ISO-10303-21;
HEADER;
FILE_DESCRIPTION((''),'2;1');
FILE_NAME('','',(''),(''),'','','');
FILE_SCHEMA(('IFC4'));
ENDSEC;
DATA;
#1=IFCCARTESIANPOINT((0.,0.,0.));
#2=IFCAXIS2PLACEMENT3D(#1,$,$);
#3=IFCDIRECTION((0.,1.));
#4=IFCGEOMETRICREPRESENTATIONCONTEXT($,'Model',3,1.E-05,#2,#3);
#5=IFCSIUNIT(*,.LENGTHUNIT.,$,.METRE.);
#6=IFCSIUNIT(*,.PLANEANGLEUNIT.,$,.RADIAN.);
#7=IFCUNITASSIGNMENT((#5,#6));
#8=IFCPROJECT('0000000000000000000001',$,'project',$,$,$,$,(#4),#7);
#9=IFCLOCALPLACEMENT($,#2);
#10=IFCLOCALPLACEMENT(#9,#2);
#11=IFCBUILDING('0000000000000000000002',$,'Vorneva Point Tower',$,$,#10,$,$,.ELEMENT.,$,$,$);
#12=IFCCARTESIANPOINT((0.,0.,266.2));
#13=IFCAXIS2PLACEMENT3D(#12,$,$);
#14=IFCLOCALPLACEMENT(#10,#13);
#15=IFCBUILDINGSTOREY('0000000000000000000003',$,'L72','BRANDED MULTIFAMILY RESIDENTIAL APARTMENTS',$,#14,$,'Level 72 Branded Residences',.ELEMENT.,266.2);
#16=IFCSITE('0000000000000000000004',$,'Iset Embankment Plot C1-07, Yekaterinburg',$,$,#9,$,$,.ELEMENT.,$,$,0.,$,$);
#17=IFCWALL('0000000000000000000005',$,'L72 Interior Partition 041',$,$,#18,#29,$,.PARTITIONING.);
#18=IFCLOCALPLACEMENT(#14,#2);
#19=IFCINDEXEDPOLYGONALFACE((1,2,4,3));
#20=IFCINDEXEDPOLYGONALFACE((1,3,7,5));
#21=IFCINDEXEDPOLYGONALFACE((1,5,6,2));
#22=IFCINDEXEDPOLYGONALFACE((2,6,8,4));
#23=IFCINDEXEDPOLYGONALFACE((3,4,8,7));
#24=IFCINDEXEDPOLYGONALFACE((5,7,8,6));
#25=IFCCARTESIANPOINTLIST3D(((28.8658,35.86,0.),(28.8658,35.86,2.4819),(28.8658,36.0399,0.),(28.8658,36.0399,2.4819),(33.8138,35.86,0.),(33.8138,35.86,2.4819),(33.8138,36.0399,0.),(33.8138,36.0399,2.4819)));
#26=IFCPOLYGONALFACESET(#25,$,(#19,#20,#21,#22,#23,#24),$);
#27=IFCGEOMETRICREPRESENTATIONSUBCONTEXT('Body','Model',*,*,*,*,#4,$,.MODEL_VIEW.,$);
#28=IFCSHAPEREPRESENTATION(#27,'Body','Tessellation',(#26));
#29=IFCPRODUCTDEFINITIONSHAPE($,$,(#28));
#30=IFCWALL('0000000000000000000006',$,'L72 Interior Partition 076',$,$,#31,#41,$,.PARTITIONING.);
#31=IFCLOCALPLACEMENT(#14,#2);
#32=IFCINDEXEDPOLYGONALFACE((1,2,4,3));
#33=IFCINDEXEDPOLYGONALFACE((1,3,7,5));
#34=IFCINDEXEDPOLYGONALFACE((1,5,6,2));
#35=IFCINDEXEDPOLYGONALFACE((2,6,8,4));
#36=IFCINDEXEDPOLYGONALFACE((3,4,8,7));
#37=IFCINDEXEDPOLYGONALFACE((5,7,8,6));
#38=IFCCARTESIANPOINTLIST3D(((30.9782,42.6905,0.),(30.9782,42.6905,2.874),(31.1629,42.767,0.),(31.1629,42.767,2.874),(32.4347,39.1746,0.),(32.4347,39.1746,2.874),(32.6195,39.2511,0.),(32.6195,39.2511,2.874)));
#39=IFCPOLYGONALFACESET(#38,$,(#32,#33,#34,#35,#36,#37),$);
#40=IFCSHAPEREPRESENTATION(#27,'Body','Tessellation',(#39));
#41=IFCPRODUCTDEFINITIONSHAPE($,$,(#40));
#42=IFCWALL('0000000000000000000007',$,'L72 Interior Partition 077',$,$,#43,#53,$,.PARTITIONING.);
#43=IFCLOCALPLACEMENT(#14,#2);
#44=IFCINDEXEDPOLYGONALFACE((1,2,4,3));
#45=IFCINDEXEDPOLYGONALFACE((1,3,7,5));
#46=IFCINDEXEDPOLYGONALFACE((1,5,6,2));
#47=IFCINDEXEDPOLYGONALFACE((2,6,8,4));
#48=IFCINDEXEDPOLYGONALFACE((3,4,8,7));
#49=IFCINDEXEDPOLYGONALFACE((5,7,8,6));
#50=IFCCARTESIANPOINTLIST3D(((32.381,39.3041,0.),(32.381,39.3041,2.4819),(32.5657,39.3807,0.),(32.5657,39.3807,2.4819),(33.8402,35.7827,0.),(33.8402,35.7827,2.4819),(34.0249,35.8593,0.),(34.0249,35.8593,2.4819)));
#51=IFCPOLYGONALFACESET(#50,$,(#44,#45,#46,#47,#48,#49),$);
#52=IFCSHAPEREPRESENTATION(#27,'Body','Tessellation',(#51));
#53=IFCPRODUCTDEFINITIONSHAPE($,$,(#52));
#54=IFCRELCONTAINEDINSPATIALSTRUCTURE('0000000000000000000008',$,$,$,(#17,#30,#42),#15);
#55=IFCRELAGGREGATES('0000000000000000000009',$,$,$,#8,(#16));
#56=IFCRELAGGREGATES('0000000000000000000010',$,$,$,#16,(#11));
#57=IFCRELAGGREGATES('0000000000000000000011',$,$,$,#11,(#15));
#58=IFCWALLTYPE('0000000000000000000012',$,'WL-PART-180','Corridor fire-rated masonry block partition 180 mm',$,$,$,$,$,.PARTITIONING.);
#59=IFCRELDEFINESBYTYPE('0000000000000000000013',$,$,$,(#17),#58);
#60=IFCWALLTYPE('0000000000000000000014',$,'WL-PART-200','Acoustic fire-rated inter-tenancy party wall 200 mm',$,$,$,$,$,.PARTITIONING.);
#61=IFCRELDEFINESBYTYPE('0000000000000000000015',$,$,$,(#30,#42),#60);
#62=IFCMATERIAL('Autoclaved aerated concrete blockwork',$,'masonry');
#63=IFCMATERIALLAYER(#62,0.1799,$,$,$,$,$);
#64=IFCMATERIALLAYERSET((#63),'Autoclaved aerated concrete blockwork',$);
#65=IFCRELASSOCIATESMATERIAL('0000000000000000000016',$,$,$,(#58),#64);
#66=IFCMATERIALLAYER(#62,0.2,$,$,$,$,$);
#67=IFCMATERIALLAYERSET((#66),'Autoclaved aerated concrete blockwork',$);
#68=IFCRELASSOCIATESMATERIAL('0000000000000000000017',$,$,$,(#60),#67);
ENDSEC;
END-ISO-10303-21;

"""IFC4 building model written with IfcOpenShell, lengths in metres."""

from ifc_helpers import new_model, si_unit, direction, frame, frame_2d, origin, place, context, subcontext, project, spatial, rectangle, extrude, material, layer, layer_set, type_object, element, save


model = new_model("IFC4")

# Units and contexts
model_context = context("Model", 3, precision=1e-05, world=origin(), true_north=direction((0.0, 1.0)))
body_context = subcontext(model_context, "Body", "Model", "MODEL_VIEW")
ifc_project = project(units=[si_unit("LENGTHUNIT", "METRE"), si_unit("PLANEANGLEUNIT", "RADIAN")], contexts=[model_context])

# Site, building, storey
site_placement = place(None, origin())
site = spatial("IfcSite", under=ifc_project, at=site_placement, Name="Iset Embankment Plot C1-07, Yekaterinburg", CompositionType="ELEMENT", RefElevation=0.0)
building_placement = place(site_placement, origin())
building = spatial("IfcBuilding", under=site, at=building_placement, Name="Vorneva Point Tower", CompositionType="ELEMENT")
storey_placement = place(building_placement, frame((0.0, 0.0, 266.2)))
storey = spatial("IfcBuildingStorey", under=building, at=storey_placement, Name="L72", Description="BRANDED MULTIFAMILY RESIDENTIAL APARTMENTS", LongName="Level 72 Branded Residences", CompositionType="ELEMENT", Elevation=266.2)

# Shared definitions
ifc_material_1 = material(Name="Autoclaved aerated concrete blockwork", Category="masonry")
ifc_layer_1 = layer(ifc_material_1, 0.1799)
ifc_layer_set_1 = layer_set([ifc_layer_1], Name="Autoclaved aerated concrete blockwork")
wall_type_1 = type_object("IfcWallType", Name="WL-PART-180", Description="Corridor fire-rated masonry block partition 180 mm", PredefinedType="PARTITIONING", material=ifc_layer_set_1)

# Walls
wall_1_placement = place(storey_placement, frame((33.814, 35.95, 0.0), z_axis=(0.0, 0.0, 1.0), x_axis=(-1.0, 0.0, 0.0)))
element("IfcWall", 1, at=wall_1_placement, inside=storey, type_object=wall_type_1, Name="L72 Interior Partition 041", PredefinedType="PARTITIONING", context=body_context, shape_type="SweptSolid", body=[
    extrude(rectangle(XDim=4.948, YDim=0.1799, at=frame_2d((2.4741, 0.0))), origin(), (0.0, 0.0, 1.0), 2.4819),
])
ifc_layer_2 = layer(ifc_material_1, 0.2)
ifc_layer_set_2 = layer_set([ifc_layer_2], Name="Autoclaved aerated concrete blockwork")
wall_type_2 = type_object("IfcWallType", Name="WL-PART-200", Description="Acoustic fire-rated inter-tenancy party wall 200 mm", PredefinedType="PARTITIONING", material=ifc_layer_set_2)
wall_2_placement = place(storey_placement, frame((31.0706, 42.7288, 0.0), z_axis=(0.0, 0.0, 1.0), x_axis=(0.382733, -0.923859, 0.0)))
element("IfcWall", 2, at=wall_2_placement, inside=storey, type_object=wall_type_2, Name="L72 Interior Partition 076", PredefinedType="PARTITIONING", context=body_context, shape_type="SweptSolid", body=[
    extrude(rectangle(XDim=3.8057, YDim=0.2, at=frame_2d((1.9028, 0.0))), origin(), (0.0, 0.0, 1.0), 2.874),
])
wall_3_placement = place(storey_placement, frame((32.4734, 39.3423, 0.0), z_axis=(0.0, 0.0, 1.0), x_axis=(0.382814, -0.923826, 0.0)))
element("IfcWall", 3, at=wall_3_placement, inside=storey, type_object=wall_type_2, Name="L72 Interior Partition 077", PredefinedType="PARTITIONING", context=body_context, shape_type="SweptSolid", body=[
    extrude(rectangle(XDim=3.8118, YDim=0.2, at=frame_2d((1.9058, 0.0))), origin(), (0.0, 0.0, 1.0), 2.4819),
])

save(model, "model.ifc")
